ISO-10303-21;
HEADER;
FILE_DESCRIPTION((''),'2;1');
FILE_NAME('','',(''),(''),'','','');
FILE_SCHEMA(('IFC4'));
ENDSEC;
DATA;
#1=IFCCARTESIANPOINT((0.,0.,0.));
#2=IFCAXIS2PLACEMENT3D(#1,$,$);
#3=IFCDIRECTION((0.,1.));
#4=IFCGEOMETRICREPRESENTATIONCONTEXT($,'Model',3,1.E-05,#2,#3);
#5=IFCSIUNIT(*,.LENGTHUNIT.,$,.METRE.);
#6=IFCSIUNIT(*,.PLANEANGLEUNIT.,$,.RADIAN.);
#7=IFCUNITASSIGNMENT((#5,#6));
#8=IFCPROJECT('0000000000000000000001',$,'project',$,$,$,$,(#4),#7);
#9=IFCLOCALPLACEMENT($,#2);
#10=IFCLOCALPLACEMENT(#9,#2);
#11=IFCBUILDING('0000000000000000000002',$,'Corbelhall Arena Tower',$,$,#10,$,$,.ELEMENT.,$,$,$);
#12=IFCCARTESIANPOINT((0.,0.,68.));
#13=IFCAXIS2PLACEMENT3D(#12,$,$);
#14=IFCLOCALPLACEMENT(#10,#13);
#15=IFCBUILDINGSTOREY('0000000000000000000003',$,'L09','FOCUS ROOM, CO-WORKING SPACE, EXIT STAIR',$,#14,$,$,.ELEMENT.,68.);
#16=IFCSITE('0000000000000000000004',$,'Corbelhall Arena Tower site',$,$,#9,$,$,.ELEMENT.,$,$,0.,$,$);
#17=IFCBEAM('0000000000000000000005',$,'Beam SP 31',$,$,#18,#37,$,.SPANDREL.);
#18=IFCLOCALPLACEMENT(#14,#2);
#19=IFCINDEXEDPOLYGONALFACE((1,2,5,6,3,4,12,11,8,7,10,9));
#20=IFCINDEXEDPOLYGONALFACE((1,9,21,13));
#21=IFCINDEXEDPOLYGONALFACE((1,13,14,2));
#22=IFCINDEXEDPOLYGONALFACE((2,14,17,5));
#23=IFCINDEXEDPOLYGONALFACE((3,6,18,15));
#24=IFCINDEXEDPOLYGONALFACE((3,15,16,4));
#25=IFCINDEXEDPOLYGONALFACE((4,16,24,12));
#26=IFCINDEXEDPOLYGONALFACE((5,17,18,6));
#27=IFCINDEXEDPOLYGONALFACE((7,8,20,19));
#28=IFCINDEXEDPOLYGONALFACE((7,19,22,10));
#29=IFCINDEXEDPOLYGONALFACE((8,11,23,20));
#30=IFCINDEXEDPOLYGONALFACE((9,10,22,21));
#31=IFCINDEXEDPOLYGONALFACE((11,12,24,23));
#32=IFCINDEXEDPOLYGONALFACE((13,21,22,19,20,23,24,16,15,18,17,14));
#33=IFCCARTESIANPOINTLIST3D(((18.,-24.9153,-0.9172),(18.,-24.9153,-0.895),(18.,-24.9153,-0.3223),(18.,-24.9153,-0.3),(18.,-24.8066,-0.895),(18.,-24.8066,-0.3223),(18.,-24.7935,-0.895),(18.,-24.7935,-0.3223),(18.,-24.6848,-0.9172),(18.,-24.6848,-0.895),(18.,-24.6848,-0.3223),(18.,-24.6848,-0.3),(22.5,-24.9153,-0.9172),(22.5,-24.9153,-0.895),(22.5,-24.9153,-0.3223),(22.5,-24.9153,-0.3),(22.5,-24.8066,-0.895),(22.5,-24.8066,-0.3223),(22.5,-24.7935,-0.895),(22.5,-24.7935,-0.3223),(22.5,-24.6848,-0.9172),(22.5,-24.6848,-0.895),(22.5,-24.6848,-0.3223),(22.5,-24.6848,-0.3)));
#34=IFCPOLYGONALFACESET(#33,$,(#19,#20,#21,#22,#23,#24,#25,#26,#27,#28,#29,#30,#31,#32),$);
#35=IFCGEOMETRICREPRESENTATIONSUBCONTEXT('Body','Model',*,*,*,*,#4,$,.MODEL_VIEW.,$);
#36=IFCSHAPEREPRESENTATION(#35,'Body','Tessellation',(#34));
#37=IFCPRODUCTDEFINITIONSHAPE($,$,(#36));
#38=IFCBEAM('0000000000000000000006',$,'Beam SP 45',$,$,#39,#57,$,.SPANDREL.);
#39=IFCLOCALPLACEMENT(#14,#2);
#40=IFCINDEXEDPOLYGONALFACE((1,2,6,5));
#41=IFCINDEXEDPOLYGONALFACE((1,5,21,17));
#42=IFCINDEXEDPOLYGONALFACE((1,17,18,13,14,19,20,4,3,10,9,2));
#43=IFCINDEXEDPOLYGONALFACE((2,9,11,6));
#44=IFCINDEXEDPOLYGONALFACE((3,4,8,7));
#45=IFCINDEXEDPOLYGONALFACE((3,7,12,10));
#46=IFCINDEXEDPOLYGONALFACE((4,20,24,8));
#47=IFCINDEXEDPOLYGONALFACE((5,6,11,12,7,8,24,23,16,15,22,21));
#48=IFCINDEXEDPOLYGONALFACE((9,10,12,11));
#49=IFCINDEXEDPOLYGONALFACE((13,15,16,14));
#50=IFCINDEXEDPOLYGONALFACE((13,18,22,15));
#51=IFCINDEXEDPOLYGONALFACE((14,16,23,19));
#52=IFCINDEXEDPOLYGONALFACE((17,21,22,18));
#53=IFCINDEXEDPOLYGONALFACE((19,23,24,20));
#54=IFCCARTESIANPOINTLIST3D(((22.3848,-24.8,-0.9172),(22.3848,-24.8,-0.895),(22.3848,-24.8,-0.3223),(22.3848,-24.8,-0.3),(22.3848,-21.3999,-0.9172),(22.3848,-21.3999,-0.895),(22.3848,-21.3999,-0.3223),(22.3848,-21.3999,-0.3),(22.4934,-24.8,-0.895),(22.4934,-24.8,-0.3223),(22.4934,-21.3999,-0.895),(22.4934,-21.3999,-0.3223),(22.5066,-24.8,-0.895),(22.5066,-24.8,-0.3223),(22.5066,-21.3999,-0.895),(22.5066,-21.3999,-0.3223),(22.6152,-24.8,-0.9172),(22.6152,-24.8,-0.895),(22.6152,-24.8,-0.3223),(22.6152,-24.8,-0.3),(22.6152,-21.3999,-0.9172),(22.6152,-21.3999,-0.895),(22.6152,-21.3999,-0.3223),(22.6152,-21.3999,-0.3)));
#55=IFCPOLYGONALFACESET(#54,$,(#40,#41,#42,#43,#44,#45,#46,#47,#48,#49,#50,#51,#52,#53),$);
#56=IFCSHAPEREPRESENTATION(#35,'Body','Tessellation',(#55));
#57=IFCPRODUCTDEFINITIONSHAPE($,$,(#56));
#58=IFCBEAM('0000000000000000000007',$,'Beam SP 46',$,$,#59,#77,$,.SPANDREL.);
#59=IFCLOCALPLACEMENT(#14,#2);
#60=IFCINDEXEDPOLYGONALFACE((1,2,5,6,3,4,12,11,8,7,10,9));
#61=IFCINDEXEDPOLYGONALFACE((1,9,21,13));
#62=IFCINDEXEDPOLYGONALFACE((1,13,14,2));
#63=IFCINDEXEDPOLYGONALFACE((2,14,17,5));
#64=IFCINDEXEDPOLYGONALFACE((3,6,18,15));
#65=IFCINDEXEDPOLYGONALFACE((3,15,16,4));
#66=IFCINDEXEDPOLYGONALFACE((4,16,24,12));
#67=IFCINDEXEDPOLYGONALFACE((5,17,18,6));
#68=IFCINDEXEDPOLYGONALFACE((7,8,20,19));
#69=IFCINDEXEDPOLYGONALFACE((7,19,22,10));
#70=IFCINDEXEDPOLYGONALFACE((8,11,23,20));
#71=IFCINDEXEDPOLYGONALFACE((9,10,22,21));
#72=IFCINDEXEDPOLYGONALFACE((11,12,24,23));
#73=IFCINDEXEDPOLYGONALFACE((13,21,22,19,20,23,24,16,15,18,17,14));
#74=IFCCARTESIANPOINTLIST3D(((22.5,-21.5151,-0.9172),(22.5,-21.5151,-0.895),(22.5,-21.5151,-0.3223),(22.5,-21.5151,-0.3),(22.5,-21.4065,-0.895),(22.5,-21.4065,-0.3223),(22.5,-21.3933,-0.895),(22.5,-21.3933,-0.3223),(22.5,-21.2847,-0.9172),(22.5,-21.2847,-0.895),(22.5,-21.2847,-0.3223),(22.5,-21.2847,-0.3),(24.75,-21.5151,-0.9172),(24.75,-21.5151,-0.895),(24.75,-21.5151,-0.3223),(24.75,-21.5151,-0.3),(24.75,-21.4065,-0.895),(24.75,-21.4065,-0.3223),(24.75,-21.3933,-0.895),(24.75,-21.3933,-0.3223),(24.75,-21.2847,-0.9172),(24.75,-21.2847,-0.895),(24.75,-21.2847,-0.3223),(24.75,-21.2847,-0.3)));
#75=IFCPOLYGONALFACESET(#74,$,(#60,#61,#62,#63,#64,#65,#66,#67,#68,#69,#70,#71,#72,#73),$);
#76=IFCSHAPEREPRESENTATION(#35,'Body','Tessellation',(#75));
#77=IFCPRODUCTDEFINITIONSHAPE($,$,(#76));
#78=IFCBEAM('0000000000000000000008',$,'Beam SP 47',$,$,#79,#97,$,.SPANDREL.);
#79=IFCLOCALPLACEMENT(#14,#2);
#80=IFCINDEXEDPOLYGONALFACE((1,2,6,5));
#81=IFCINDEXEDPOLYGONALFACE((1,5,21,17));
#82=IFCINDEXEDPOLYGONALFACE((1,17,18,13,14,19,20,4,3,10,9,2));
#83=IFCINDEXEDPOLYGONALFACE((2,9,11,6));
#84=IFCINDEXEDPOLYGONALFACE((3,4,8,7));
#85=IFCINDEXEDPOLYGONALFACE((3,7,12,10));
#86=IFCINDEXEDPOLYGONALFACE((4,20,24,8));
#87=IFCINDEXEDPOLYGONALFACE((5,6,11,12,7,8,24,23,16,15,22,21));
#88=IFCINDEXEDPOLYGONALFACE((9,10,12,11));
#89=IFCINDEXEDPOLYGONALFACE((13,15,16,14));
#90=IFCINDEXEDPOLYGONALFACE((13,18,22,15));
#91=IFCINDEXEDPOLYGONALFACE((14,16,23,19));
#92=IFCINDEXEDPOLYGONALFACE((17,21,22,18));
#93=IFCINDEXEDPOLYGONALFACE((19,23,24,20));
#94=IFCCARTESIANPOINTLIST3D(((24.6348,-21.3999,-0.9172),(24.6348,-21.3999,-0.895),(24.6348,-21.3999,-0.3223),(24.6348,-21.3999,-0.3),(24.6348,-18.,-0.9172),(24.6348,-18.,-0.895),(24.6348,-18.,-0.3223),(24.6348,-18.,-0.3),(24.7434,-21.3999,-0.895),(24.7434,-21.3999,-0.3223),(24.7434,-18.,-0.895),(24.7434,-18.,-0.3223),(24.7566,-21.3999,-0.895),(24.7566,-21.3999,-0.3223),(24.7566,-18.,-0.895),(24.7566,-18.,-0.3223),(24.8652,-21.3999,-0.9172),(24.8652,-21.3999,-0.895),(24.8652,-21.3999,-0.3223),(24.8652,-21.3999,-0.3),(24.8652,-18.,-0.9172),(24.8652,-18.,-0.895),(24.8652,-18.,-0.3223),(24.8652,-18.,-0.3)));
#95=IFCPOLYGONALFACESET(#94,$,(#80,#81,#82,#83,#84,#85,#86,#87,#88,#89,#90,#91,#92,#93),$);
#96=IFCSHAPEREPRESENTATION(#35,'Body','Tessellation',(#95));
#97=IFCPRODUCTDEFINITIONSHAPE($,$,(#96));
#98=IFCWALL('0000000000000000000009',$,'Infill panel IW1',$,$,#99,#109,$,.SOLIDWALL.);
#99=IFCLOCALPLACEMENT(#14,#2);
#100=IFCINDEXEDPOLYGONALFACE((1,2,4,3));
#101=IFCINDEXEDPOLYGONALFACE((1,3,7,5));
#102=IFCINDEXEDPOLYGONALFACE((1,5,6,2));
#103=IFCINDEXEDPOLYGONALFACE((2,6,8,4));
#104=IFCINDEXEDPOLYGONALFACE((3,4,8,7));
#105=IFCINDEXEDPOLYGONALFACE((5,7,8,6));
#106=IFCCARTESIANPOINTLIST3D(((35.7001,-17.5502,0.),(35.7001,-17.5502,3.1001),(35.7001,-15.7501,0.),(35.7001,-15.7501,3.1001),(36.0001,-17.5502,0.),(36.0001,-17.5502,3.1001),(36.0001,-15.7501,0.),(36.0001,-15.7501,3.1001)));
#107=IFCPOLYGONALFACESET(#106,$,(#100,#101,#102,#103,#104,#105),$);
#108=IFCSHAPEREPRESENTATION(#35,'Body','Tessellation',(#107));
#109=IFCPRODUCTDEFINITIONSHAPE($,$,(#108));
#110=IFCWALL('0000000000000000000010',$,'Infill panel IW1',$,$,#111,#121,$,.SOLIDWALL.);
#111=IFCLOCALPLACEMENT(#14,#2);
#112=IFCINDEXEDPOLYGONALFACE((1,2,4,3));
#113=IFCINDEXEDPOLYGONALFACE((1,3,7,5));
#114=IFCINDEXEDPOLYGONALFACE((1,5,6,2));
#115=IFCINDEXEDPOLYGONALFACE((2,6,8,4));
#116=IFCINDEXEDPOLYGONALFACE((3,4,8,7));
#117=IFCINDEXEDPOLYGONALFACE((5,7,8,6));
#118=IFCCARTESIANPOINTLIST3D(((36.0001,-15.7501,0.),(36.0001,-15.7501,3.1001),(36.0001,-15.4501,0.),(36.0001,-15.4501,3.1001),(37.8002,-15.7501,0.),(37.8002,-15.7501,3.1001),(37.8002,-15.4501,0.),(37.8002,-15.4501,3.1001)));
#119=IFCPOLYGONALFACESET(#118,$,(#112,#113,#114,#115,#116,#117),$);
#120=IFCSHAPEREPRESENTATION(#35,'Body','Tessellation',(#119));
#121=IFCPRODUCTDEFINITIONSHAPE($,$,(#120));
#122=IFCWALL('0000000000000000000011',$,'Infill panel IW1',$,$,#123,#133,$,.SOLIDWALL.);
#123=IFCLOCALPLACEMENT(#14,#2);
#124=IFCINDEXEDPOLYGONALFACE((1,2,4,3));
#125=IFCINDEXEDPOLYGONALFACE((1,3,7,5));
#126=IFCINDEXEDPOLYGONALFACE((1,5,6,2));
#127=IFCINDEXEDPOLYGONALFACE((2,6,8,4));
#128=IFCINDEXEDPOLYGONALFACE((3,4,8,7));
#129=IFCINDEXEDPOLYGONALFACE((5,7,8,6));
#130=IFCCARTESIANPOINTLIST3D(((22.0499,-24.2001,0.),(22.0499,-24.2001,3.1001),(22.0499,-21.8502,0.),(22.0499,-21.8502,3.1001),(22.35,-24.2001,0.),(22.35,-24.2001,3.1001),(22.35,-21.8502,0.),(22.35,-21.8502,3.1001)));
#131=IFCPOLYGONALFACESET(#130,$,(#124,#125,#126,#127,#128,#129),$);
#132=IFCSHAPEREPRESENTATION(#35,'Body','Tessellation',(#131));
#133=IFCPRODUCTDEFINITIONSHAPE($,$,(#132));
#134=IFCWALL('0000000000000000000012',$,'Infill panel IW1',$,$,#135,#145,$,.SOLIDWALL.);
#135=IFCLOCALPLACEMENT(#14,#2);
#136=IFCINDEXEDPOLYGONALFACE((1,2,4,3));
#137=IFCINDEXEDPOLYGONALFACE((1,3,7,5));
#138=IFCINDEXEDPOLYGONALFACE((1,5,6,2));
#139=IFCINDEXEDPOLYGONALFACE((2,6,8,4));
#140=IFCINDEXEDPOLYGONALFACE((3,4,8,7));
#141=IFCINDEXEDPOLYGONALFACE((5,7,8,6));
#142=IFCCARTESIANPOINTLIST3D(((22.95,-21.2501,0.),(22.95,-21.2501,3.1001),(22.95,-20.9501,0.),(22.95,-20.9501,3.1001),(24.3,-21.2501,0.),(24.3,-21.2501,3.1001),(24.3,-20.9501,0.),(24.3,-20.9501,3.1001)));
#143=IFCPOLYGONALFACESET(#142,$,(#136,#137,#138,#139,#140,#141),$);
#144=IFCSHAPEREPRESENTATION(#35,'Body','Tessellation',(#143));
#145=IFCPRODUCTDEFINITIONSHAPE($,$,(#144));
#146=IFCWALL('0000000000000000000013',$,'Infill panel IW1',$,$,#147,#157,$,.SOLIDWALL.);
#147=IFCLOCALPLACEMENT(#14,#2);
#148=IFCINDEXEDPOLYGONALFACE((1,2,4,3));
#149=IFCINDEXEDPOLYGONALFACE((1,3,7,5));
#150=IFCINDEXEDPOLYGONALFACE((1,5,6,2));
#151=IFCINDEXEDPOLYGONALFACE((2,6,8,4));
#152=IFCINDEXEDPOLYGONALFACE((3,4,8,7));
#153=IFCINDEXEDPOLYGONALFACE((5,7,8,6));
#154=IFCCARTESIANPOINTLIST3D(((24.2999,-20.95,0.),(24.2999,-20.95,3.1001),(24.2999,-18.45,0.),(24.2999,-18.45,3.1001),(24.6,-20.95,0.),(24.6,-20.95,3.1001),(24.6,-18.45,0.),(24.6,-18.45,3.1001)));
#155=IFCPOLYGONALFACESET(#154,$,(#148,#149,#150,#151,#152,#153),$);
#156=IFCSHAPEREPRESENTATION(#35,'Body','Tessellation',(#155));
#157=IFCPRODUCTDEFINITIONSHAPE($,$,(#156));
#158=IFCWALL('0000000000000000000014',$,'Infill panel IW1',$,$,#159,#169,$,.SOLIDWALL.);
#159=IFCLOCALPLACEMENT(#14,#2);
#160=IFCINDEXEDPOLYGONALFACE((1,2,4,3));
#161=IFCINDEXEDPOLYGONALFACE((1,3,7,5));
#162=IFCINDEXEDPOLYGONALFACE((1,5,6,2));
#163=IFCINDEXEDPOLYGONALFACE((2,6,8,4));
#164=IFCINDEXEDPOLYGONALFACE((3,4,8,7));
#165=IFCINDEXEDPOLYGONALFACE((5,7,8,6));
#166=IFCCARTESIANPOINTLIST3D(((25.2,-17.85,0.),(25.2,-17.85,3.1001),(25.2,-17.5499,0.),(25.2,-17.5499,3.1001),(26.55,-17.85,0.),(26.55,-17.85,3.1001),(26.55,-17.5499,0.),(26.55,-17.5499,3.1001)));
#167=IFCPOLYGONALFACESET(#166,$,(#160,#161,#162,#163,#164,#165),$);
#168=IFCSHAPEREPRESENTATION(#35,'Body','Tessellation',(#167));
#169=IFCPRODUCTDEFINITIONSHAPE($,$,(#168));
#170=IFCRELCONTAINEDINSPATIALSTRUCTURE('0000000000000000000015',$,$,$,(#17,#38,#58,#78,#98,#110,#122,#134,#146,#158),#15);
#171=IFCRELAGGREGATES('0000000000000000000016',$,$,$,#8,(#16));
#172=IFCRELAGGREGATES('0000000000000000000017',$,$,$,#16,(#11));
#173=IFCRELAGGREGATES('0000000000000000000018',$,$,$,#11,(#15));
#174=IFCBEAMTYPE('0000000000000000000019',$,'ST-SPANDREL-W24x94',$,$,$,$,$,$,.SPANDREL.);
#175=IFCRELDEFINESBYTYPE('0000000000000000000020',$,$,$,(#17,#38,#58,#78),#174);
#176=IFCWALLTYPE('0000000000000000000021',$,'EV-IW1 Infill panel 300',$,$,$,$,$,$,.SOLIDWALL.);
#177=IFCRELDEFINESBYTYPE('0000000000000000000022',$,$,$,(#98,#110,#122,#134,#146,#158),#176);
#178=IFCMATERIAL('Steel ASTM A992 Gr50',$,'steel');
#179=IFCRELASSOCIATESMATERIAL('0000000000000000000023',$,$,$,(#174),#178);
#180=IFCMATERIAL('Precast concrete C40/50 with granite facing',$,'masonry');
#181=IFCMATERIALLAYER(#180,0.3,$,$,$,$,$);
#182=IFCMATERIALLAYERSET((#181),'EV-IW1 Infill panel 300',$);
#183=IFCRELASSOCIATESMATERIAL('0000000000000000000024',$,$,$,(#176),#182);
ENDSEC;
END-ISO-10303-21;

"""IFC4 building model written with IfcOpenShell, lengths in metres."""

from ifc_helpers import new_model, si_unit, direction, frame, frame_2d, origin, origin_2d, place, context, subcontext, project, spatial, rectangle, i_section, extrude, material, layer, layer_set, material_profile, profile_set, type_object, element, save


model = new_model("IFC4")

# Units and contexts
model_context = context("Model", 3, precision=1e-05, world=origin(), true_north=direction((0.0, 1.0)))
body_context = subcontext(model_context, "Body", "Model", "MODEL_VIEW")
ifc_project = project(units=[si_unit("LENGTHUNIT", "METRE"), si_unit("PLANEANGLEUNIT", "RADIAN")], contexts=[model_context])

# Site, building, storey
site_placement = place(None, origin())
site = spatial("IfcSite", under=ifc_project, at=site_placement, Name="Corbelhall Arena Tower site", CompositionType="ELEMENT", RefElevation=0.0)
building_placement = place(site_placement, origin())
building = spatial("IfcBuilding", under=site, at=building_placement, Name="Corbelhall Arena Tower", CompositionType="ELEMENT")
storey_placement = place(building_placement, frame((0.0, 0.0, 68.0)))
storey = spatial("IfcBuildingStorey", under=building, at=storey_placement, Name="L09", Description="FOCUS ROOM, CO-WORKING SPACE, EXIT STAIR", CompositionType="ELEMENT", Elevation=68.0)

# Beams
ifc_material_1 = material(Name="Steel ASTM A992 Gr50", Category="steel")
ifc_material_profile_1 = material_profile(ifc_material_1, i_section(OverallWidth=0.2305, OverallDepth=0.6172, WebThickness=0.0132, FlangeThickness=0.0222, at=origin_2d()))
ifc_profile_set_1 = profile_set([ifc_material_profile_1], Name="Steel ASTM A992 Gr50")
beam_type = type_object("IfcBeamType", Name="ST-SPANDREL-W24x94", PredefinedType="SPANDREL", material=ifc_profile_set_1)
for number, where, z_axis, x_axis, name in (
    (1, (22.5, -24.8, -0.6086), (-1.0, 0.0, 0.0), (0.0, -1.0, 0.0), "Beam SP 31"),
):
    element("IfcBeam", number, at=place(storey_placement, frame(where, z_axis=z_axis, x_axis=x_axis)), inside=storey, type_object=beam_type, Name=name, PredefinedType="SPANDREL", context=body_context, shape_type="SweptSolid", body=[
        extrude(i_section(OverallWidth=0.2305, OverallDepth=0.6172, WebThickness=0.0132, FlangeThickness=0.0222, at=origin_2d()), origin(), (0.0, 0.0, 1.0), 4.5),
    ])
beam_1_placement = place(storey_placement, frame((22.5, -21.3999, -0.6086), z_axis=(0.0, -1.0, 0.0), x_axis=(1.0, 0.0, 0.0)))
element("IfcBeam", 2, at=beam_1_placement, inside=storey, type_object=beam_type, Name="Beam SP 45", PredefinedType="SPANDREL", context=body_context, shape_type="SweptSolid", body=[
    extrude(i_section(OverallWidth=0.2305, OverallDepth=0.6172, WebThickness=0.0132, FlangeThickness=0.0222, at=origin_2d()), origin(), (0.0, 0.0, 1.0), 3.4001),
])
beam_2_placement = place(storey_placement, frame((24.75, -21.3999, -0.6086), z_axis=(-1.0, 0.0, 0.0), x_axis=(0.0, -1.0, 0.0)))
element("IfcBeam", 3, at=beam_2_placement, inside=storey, type_object=beam_type, Name="Beam SP 46", PredefinedType="SPANDREL", context=body_context, shape_type="SweptSolid", body=[
    extrude(i_section(OverallWidth=0.2305, OverallDepth=0.6172, WebThickness=0.0132, FlangeThickness=0.0222, at=origin_2d()), origin(), (0.0, 0.0, 1.0), 2.25),
])
beam_3_placement = place(storey_placement, frame((24.75, -18.0, -0.6086), z_axis=(0.0, -1.0, 0.0), x_axis=(1.0, 0.0, 0.0)))
element("IfcBeam", 4, at=beam_3_placement, inside=storey, type_object=beam_type, Name="Beam SP 47", PredefinedType="SPANDREL", context=body_context, shape_type="SweptSolid", body=[
    extrude(i_section(OverallWidth=0.2305, OverallDepth=0.6172, WebThickness=0.0132, FlangeThickness=0.0222, at=origin_2d()), origin(), (0.0, 0.0, 1.0), 3.3999),
])

# Walls
ifc_material_2 = material(Name="Precast concrete C40/50 with granite facing", Category="masonry")
ifc_layer = layer(ifc_material_2, 0.3)
ifc_layer_set = layer_set([ifc_layer], Name="EV-IW1 Infill panel 300")
wall_type = type_object("IfcWallType", Name="EV-IW1 Infill panel 300", PredefinedType="SOLIDWALL", material=ifc_layer_set)
for number, where, z_axis, x_axis, name in (
    (5, (35.8501, -17.55, 0.0), (0.0, 0.0, 1.0), (0.0, 1.0, 0.0), "Infill panel IW1"),
    (6, (37.8, -15.6001, 0.0), (0.0, 0.0, 1.0), (-1.0, 0.0, 0.0), "Infill panel IW1"),
):
    element("IfcWall", number, at=place(storey_placement, frame(where, z_axis=z_axis, x_axis=x_axis)), inside=storey, type_object=wall_type, Name=name, PredefinedType="SOLIDWALL", context=body_context, shape_type="SweptSolid", body=[
        extrude(rectangle(XDim=1.8, YDim=0.3, at=frame_2d((0.8999, 0.0))), origin(), (0.0, 0.0, 1.0), 3.1001),
    ])

# Walls
wall_1_placement = place(storey_placement, frame((22.2, -24.2, 0.0), z_axis=(0.0, 0.0, 1.0), x_axis=(0.0, 1.0, 0.0)))
element("IfcWall", 7, at=wall_1_placement, inside=storey, type_object=wall_type, Name="Infill panel IW1", PredefinedType="SOLIDWALL", context=body_context, shape_type="SweptSolid", body=[
    extrude(rectangle(XDim=2.3499, YDim=0.3, at=frame_2d((1.1748, 0.0))), origin(), (0.0, 0.0, 1.0), 3.1001),
])
wall_2_placement = place(storey_placement, frame((22.95, -21.1001, 0.0), z_axis=(0.0, 0.0, 1.0), x_axis=(1.0, 0.0, 0.0)))
element("IfcWall", 8, at=wall_2_placement, inside=storey, type_object=wall_type, Name="Infill panel IW1", PredefinedType="SOLIDWALL", context=body_context, shape_type="SweptSolid", body=[
    extrude(rectangle(XDim=1.3501, YDim=0.3, at=frame_2d((0.675, 0.0))), origin(), (0.0, 0.0, 1.0), 3.1001),
])
wall_3_placement = place(storey_placement, frame((24.45, -20.95, 0.0), z_axis=(0.0, 0.0, 1.0), x_axis=(0.0, 1.0, 0.0)))
element("IfcWall", 9, at=wall_3_placement, inside=storey, type_object=wall_type, Name="Infill panel IW1", PredefinedType="SOLIDWALL", context=body_context, shape_type="SweptSolid", body=[
    extrude(rectangle(XDim=2.5, YDim=0.3, at=frame_2d((1.25, 0.0))), origin(), (0.0, 0.0, 1.0), 3.1001),
])
wall_4_placement = place(storey_placement, frame((25.2, -17.7, 0.0), z_axis=(0.0, 0.0, 1.0), x_axis=(1.0, 0.0, 0.0)))
element("IfcWall", 10, at=wall_4_placement, inside=storey, type_object=wall_type, Name="Infill panel IW1", PredefinedType="SOLIDWALL", context=body_context, shape_type="SweptSolid", body=[
    extrude(rectangle(XDim=1.3501, YDim=0.3, at=frame_2d((0.675, 0.0))), origin(), (0.0, 0.0, 1.0), 3.1001),
])

save(model, "model.ifc")
